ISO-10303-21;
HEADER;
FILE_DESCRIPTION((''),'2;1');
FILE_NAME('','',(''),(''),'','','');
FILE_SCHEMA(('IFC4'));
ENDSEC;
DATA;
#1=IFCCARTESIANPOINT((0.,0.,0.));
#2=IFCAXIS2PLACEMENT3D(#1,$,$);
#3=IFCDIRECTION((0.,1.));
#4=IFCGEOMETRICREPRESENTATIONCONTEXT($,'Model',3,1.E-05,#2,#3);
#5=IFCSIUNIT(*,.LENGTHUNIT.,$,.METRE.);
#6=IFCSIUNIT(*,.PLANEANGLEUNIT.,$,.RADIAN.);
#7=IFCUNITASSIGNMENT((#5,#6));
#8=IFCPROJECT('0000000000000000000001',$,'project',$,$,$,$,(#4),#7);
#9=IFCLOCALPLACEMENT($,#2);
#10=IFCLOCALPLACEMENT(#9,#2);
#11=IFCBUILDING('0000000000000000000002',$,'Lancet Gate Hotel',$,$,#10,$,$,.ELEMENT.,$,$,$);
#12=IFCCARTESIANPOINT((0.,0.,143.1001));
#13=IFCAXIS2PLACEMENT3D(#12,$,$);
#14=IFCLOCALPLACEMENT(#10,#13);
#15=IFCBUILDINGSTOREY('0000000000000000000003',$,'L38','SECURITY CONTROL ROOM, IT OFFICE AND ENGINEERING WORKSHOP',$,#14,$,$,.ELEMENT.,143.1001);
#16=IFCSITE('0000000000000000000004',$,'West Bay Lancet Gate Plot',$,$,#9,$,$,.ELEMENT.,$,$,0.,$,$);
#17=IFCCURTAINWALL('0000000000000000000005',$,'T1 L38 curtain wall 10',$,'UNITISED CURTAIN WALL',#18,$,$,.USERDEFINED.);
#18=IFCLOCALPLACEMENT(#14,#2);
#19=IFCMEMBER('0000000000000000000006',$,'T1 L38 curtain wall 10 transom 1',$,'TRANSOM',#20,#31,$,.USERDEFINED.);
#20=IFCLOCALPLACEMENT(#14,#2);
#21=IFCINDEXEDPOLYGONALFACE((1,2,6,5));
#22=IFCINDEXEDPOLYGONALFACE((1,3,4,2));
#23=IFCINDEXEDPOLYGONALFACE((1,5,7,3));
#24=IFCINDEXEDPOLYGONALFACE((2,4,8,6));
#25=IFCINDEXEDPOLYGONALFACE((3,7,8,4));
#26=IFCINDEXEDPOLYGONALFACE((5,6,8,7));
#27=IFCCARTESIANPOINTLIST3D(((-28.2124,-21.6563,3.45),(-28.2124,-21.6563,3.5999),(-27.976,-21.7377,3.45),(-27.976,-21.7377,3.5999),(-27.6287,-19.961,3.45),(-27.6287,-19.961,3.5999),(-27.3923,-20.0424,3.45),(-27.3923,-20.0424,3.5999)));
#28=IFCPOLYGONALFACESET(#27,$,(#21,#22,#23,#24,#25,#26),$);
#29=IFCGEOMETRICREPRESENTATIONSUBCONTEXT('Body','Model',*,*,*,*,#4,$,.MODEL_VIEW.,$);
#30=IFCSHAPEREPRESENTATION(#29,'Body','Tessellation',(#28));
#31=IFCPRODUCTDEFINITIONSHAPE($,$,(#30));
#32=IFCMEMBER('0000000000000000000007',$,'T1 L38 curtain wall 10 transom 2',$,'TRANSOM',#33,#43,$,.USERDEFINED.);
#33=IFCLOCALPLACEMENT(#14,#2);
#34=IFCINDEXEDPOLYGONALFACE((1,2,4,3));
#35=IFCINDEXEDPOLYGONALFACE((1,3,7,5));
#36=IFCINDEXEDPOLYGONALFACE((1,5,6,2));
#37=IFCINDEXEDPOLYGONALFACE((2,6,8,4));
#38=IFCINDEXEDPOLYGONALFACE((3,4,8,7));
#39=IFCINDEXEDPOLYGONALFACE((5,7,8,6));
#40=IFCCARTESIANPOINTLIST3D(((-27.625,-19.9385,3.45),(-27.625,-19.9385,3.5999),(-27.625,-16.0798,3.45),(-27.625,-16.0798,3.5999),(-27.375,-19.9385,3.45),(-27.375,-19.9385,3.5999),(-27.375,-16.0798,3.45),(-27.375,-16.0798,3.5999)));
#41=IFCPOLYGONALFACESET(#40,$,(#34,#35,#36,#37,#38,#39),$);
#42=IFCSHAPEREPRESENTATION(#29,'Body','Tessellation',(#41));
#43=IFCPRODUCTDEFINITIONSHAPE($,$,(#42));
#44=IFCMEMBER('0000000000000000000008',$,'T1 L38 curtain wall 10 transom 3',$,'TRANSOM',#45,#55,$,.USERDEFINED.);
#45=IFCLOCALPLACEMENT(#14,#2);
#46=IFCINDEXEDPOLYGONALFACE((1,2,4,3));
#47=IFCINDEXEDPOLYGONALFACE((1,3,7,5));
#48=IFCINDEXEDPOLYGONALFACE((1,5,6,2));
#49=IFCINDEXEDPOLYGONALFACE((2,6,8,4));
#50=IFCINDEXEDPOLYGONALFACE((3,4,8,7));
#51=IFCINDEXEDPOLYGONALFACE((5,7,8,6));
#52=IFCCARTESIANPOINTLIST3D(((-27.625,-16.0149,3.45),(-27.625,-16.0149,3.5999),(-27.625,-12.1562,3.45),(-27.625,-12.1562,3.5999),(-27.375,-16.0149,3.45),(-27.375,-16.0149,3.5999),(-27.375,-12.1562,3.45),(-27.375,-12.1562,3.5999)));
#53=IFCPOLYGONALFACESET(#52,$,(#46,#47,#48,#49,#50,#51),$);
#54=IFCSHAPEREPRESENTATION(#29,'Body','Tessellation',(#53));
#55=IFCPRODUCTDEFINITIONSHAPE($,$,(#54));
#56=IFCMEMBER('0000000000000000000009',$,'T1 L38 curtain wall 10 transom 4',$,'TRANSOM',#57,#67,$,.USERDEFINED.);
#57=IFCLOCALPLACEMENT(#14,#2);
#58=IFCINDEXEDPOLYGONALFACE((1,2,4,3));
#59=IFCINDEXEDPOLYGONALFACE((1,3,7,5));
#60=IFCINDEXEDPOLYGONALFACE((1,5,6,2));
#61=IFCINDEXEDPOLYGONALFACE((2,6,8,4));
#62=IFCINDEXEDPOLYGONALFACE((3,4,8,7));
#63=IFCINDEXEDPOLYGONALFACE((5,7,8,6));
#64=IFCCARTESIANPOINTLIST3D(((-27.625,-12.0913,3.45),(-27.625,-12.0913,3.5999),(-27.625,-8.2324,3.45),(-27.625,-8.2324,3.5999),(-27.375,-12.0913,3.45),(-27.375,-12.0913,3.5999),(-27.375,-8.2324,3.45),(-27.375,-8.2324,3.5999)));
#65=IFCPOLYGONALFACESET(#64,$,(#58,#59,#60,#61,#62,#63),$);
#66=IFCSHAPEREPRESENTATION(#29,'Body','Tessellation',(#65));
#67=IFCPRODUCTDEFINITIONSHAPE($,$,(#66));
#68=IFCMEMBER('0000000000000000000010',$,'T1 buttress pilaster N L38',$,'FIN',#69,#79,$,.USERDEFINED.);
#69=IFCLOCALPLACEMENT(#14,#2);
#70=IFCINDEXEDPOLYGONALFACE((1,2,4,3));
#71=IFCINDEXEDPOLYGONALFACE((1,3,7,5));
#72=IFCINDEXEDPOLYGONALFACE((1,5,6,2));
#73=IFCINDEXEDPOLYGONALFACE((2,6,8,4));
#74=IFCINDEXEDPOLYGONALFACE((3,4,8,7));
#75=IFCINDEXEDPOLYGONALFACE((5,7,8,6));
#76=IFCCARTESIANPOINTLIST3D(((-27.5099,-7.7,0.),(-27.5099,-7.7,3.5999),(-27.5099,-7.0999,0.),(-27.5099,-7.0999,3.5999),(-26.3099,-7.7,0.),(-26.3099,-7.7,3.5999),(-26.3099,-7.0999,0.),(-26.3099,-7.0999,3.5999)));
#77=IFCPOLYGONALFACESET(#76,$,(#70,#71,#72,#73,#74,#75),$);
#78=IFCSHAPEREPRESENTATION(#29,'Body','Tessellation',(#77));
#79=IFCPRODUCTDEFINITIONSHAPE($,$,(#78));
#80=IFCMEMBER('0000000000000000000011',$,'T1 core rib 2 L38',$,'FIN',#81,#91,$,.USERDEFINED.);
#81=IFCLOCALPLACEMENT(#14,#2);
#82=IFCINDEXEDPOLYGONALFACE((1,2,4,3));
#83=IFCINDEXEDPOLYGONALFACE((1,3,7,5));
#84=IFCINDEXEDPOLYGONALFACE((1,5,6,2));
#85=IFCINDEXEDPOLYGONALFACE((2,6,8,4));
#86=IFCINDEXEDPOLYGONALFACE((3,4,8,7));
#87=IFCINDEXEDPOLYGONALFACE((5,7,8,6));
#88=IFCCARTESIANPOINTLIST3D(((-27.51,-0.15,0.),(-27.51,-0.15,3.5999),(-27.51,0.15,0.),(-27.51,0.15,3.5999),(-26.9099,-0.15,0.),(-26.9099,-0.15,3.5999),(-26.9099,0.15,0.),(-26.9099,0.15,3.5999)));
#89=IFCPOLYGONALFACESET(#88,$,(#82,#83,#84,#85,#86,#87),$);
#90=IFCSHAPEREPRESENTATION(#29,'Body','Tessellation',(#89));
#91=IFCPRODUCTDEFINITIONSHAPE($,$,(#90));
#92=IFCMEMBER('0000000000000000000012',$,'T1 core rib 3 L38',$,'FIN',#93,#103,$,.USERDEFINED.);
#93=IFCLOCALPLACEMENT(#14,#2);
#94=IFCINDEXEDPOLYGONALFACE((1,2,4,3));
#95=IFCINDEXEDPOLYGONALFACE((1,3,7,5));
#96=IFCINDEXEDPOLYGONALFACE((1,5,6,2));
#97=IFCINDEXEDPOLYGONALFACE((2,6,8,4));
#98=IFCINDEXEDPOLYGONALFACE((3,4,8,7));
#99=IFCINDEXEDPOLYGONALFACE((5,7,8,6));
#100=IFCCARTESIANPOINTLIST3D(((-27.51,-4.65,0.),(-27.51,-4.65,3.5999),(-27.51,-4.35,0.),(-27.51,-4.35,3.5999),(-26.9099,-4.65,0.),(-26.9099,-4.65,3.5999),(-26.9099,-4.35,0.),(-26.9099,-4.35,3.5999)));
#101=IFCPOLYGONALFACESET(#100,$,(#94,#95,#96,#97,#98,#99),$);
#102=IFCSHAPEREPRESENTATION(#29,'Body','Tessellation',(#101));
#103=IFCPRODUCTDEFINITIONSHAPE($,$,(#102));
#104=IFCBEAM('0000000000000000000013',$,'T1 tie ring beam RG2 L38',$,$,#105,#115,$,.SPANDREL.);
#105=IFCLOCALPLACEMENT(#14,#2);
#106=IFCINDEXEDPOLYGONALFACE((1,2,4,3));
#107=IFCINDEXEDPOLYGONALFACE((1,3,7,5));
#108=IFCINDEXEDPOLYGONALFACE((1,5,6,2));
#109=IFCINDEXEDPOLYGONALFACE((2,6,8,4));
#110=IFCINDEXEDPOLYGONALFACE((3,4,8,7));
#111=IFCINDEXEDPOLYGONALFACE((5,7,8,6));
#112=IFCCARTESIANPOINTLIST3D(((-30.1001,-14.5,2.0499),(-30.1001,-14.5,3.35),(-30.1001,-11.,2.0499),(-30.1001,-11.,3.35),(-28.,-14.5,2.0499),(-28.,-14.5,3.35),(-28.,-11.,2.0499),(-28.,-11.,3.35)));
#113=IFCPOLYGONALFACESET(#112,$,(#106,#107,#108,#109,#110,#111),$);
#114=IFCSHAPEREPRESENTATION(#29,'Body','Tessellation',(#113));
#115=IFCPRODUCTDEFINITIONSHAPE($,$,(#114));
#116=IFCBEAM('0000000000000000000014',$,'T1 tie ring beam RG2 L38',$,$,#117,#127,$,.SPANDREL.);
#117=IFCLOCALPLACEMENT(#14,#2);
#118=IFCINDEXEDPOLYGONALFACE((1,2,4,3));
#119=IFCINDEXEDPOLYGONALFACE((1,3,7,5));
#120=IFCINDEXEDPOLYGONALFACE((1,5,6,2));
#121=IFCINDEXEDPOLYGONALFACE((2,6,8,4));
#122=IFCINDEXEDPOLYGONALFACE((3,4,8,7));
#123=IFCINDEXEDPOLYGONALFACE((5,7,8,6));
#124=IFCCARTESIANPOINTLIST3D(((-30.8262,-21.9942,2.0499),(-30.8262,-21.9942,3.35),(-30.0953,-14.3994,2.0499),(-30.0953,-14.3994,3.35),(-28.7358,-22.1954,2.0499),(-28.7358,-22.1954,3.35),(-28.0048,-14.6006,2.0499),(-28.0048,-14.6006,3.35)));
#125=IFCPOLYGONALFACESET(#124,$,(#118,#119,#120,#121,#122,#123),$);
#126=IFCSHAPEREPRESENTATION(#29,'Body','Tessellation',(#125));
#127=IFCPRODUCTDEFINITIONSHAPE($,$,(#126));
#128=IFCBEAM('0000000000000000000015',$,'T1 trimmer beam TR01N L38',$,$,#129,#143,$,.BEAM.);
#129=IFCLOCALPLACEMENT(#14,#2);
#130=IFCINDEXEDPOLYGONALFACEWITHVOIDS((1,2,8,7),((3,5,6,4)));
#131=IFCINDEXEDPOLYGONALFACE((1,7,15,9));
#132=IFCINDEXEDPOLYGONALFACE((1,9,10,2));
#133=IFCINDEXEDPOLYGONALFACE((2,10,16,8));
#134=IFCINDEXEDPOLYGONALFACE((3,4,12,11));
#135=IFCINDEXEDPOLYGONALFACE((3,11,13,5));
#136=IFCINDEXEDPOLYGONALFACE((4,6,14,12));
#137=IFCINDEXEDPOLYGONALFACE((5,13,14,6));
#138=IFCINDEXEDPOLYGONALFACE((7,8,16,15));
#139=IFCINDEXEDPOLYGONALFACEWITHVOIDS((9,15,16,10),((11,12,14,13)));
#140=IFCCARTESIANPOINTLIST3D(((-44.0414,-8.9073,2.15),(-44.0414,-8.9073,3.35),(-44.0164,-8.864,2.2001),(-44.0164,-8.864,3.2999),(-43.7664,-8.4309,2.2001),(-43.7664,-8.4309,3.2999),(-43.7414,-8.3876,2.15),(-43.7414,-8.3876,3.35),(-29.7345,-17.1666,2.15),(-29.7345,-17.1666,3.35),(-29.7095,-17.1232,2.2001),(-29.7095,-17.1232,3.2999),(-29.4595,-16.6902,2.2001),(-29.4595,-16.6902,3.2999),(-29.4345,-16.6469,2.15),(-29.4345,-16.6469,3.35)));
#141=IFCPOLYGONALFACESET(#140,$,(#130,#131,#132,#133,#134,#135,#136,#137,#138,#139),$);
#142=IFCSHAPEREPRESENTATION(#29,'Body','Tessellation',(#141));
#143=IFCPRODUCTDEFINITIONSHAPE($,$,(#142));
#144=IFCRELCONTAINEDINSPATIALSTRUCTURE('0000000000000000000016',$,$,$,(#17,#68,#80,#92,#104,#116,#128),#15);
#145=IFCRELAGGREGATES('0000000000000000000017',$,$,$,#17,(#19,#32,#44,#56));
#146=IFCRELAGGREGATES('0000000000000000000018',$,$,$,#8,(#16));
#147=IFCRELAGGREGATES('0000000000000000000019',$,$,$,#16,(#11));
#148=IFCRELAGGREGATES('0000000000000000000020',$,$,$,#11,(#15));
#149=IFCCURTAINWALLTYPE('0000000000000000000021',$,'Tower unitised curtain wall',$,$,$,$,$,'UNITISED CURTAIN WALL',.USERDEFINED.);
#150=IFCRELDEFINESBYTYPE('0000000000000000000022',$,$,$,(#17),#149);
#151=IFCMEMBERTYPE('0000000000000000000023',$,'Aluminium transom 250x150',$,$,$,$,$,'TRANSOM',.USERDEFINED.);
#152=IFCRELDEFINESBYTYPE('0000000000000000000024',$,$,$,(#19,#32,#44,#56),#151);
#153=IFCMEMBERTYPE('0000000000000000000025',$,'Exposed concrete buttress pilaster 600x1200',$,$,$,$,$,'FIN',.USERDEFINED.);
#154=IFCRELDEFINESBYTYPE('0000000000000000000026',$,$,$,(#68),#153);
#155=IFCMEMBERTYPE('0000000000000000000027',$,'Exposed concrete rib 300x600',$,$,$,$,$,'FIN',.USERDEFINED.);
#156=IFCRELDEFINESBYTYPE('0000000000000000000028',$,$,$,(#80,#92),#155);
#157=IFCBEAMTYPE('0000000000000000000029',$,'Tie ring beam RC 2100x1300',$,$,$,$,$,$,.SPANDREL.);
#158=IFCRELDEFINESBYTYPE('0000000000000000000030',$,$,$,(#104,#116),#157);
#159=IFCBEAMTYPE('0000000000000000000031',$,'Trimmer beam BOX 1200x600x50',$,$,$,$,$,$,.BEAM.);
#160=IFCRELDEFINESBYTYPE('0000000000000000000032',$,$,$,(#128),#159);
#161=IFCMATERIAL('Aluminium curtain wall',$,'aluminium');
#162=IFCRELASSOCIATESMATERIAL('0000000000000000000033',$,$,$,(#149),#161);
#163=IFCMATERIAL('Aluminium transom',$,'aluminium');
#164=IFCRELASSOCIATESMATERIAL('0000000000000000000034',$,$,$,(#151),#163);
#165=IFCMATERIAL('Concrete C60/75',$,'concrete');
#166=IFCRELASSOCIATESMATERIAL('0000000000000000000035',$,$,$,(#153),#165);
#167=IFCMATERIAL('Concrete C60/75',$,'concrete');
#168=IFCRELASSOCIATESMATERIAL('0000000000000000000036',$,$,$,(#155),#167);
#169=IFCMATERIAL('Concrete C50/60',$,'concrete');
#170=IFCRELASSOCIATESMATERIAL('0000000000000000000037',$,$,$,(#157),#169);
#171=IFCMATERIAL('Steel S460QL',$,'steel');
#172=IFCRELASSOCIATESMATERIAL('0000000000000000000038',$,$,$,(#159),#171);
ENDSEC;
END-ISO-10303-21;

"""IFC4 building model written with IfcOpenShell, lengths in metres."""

from ifc_helpers import new_model, si_unit, direction, frame, origin, origin_2d, place, context, subcontext, project, spatial, rectangle, hollow_rectangle, extrude, material, material_profile, profile_set, type_object, element, aggregate, save


model = new_model("IFC4")

# Units and contexts
model_context = context("Model", 3, precision=1e-05, world=origin(), true_north=direction((0.0, 1.0)))
body_context = subcontext(model_context, "Body", "Model", "MODEL_VIEW")
ifc_project = project(units=[si_unit("LENGTHUNIT", "METRE"), si_unit("PLANEANGLEUNIT", "RADIAN")], contexts=[model_context])

# Site, building, storey
site_placement = place(None, origin())
site = spatial("IfcSite", under=ifc_project, at=site_placement, Name="West Bay Lancet Gate Plot", CompositionType="ELEMENT", RefElevation=0.0)
building_placement = place(site_placement, origin())
building = spatial("IfcBuilding", under=site, at=building_placement, Name="Lancet Gate Hotel", CompositionType="ELEMENT")
storey_placement = place(building_placement, frame((0.0, 0.0, 143.1001)))
storey = spatial("IfcBuildingStorey", under=building, at=storey_placement, Name="L38", Description="SECURITY CONTROL ROOM, IT OFFICE AND ENGINEERING WORKSHOP", CompositionType="ELEMENT", Elevation=143.1001)

# Curtain wall, members
ifc_material_1 = material(Name="Aluminium curtain wall", Category="aluminium")
curtain_wall_type = type_object("IfcCurtainWallType", Name="Tower unitised curtain wall", ElementType="UNITISED CURTAIN WALL", PredefinedType="USERDEFINED", material=ifc_material_1)
curtain_wall_placement = place(storey_placement, origin())
curtain_wall = element("IfcCurtainWall", 1, at=curtain_wall_placement, inside=storey, type_object=curtain_wall_type, Name="T1 L38 curtain wall 10", ObjectType="UNITISED CURTAIN WALL", PredefinedType="USERDEFINED")
ifc_material_2 = material(Name="Aluminium transom", Category="aluminium")
ifc_material_profile_1 = material_profile(ifc_material_2, rectangle(XDim=0.25, YDim=0.1499, at=origin_2d()), Name="TRANSOM 250x150")
ifc_profile_set_1 = profile_set([ifc_material_profile_1], Name="Aluminium transom")
member_type_1 = type_object("IfcMemberType", Name="Aluminium transom 250x150", ElementType="TRANSOM", PredefinedType="USERDEFINED", material=ifc_profile_set_1)
member_1_placement = place(storey_placement, frame((-28.0942, -21.697, 3.5249), z_axis=(0.325567, 0.945519, 0.0), x_axis=(-0.945519, 0.325567, 0.0)))
member_1 = element("IfcMember", 2, at=member_1_placement, type_object=member_type_1, Name="T1 L38 curtain wall 10 transom 1", ObjectType="TRANSOM", PredefinedType="USERDEFINED", context=body_context, shape_type="SweptSolid", body=[
    extrude(rectangle(XDim=0.25, YDim=0.1499, at=origin_2d()), origin(), (0.0, 0.0, 1.0), 1.793),
])
member_2_placement = place(storey_placement, frame((-27.5, -19.9385, 3.5249), z_axis=(0.0, 1.0, 0.0), x_axis=(-1.0, 0.0, 0.0)))
member_2 = element("IfcMember", 3, at=member_2_placement, type_object=member_type_1, Name="T1 L38 curtain wall 10 transom 2", ObjectType="TRANSOM", PredefinedType="USERDEFINED", context=body_context, shape_type="SweptSolid", body=[
    extrude(rectangle(XDim=0.25, YDim=0.1499, at=origin_2d()), origin(), (0.0, 0.0, 1.0), 3.8586),
])
member_3_placement = place(storey_placement, frame((-27.5, -16.0149, 3.5249), z_axis=(0.0, 1.0, 0.0), x_axis=(-1.0, 0.0, 0.0)))
member_3 = element("IfcMember", 4, at=member_3_placement, type_object=member_type_1, Name="T1 L38 curtain wall 10 transom 3", ObjectType="TRANSOM", PredefinedType="USERDEFINED", context=body_context, shape_type="SweptSolid", body=[
    extrude(rectangle(XDim=0.25, YDim=0.1499, at=origin_2d()), origin(), (0.0, 0.0, 1.0), 3.8586),
])
member_4_placement = place(storey_placement, frame((-27.5, -12.0913, 3.5249), z_axis=(0.0, 1.0, 0.0), x_axis=(-1.0, 0.0, 0.0)))
member_4 = element("IfcMember", 5, at=member_4_placement, type_object=member_type_1, Name="T1 L38 curtain wall 10 transom 4", ObjectType="TRANSOM", PredefinedType="USERDEFINED", context=body_context, shape_type="SweptSolid", body=[
    extrude(rectangle(XDim=0.25, YDim=0.1499, at=origin_2d()), origin(), (0.0, 0.0, 1.0), 3.8589),
])

# Members
ifc_material_3 = material(Name="Concrete C60/75", Category="concrete")
ifc_material_profile_2 = material_profile(ifc_material_3, rectangle(XDim=0.6001, YDim=1.2, at=origin_2d()), Name="FIN 600x1200")
ifc_profile_set_2 = profile_set([ifc_material_profile_2], Name="Concrete C60/75")
member_type_2 = type_object("IfcMemberType", Name="Exposed concrete buttress pilaster 600x1200", ElementType="FIN", PredefinedType="USERDEFINED", material=ifc_profile_set_2)
member_5_placement = place(storey_placement, frame((-26.9099, -7.3999, 0.0), z_axis=(0.0, 0.0, 1.0), x_axis=(0.0, 1.0, 0.0)))
element("IfcMember", 6, at=member_5_placement, inside=storey, type_object=member_type_2, Name="T1 buttress pilaster N L38", ObjectType="FIN", PredefinedType="USERDEFINED", context=body_context, shape_type="SweptSolid", body=[
    extrude(rectangle(XDim=0.6001, YDim=1.2, at=origin_2d()), origin(), (0.0, 0.0, 1.0), 3.5999),
])
ifc_material_4 = material(Name="Concrete C60/75", Category="concrete")
ifc_material_profile_3 = material_profile(ifc_material_4, rectangle(XDim=0.3, YDim=0.6001, at=origin_2d()), Name="FIN 300x600")
ifc_profile_set_3 = profile_set([ifc_material_profile_3], Name="Concrete C60/75")
member_type_3 = type_object("IfcMemberType", Name="Exposed concrete rib 300x600", ElementType="FIN", PredefinedType="USERDEFINED", material=ifc_profile_set_3)
for number, where, z_axis, x_axis, name in (
    (7, (-27.21, 0.0, 0.0), (0.0, 0.0, 1.0), (0.0, 1.0, 0.0), "T1 core rib 2 L38"),
    (8, (-27.21, -4.5, 0.0), (0.0, 0.0, 1.0), (0.0, 1.0, 0.0), "T1 core rib 3 L38"),
):
    element("IfcMember", number, at=place(storey_placement, frame(where, z_axis=z_axis, x_axis=x_axis)), inside=storey, type_object=member_type_3, Name=name, ObjectType="FIN", PredefinedType="USERDEFINED", context=body_context, shape_type="SweptSolid", body=[
        extrude(rectangle(XDim=0.3, YDim=0.6001, at=origin_2d()), origin(), (0.0, 0.0, 1.0), 3.5999),
    ])

# Beams
ifc_material_5 = material(Name="Concrete C50/60", Category="concrete")
ifc_material_profile_4 = material_profile(ifc_material_5, rectangle(XDim=2.1001, YDim=1.3, at=origin_2d()), Name="RC 2100x1300")
ifc_profile_set_4 = profile_set([ifc_material_profile_4], Name="Concrete C50/60")
beam_type_1 = type_object("IfcBeamType", Name="Tie ring beam RC 2100x1300", PredefinedType="SPANDREL", material=ifc_profile_set_4)
beam_1_placement = place(storey_placement, frame((-29.05, -11.0, 2.7), z_axis=(0.0, -1.0, 0.0), x_axis=(1.0, 0.0, 0.0)))
element("IfcBeam", 9, at=beam_1_placement, inside=storey, type_object=beam_type_1, Name="T1 tie ring beam RG2 L38", PredefinedType="SPANDREL", context=body_context, shape_type="SweptSolid", body=[
    extrude(rectangle(XDim=2.1001, YDim=1.3, at=origin_2d()), origin(), (0.0, 0.0, 1.0), 3.5),
])
beam_2_placement = place(storey_placement, frame((-29.05, -14.5, 2.7), z_axis=(-0.095803, -0.9954, 0.0), x_axis=(0.9954, -0.095803, 0.0)))
element("IfcBeam", 10, at=beam_2_placement, inside=storey, type_object=beam_type_1, Name="T1 tie ring beam RG2 L38", PredefinedType="SPANDREL", context=body_context, shape_type="SweptSolid", body=[
    extrude(rectangle(XDim=2.1001, YDim=1.3, at=origin_2d()), origin(), (0.0, 0.0, 1.0), 7.6299),
])
ifc_material_6 = material(Name="Steel S460QL", Category="steel")
ifc_material_profile_5 = material_profile(ifc_material_6, hollow_rectangle(XDim=0.6001, YDim=1.2, WallThickness=0.05, at=origin_2d()), Name="BOX 1200x600x50")
ifc_profile_set_5 = profile_set([ifc_material_profile_5], Name="Steel S460QL")
beam_type_2 = type_object("IfcBeamType", Name="Trimmer beam BOX 1200x600x50", PredefinedType="BEAM", material=ifc_profile_set_5)
beam_3_placement = place(storey_placement, frame((-29.5845, -16.9067, 2.75), z_axis=(-0.866047, 0.499963, 0.0), x_axis=(-0.499963, -0.866047, 0.0)))
element("IfcBeam", 11, at=beam_3_placement, inside=storey, type_object=beam_type_2, Name="T1 trimmer beam TR01N L38", PredefinedType="BEAM", context=body_context, shape_type="SweptSolid", body=[
    extrude(hollow_rectangle(XDim=0.6001, YDim=1.2, WallThickness=0.05, at=origin_2d()), origin(), (0.0, 0.0, 1.0), 16.5198),
])

aggregate(curtain_wall, [member_1, member_2, member_3, member_4])

save(model, "model.ifc")
